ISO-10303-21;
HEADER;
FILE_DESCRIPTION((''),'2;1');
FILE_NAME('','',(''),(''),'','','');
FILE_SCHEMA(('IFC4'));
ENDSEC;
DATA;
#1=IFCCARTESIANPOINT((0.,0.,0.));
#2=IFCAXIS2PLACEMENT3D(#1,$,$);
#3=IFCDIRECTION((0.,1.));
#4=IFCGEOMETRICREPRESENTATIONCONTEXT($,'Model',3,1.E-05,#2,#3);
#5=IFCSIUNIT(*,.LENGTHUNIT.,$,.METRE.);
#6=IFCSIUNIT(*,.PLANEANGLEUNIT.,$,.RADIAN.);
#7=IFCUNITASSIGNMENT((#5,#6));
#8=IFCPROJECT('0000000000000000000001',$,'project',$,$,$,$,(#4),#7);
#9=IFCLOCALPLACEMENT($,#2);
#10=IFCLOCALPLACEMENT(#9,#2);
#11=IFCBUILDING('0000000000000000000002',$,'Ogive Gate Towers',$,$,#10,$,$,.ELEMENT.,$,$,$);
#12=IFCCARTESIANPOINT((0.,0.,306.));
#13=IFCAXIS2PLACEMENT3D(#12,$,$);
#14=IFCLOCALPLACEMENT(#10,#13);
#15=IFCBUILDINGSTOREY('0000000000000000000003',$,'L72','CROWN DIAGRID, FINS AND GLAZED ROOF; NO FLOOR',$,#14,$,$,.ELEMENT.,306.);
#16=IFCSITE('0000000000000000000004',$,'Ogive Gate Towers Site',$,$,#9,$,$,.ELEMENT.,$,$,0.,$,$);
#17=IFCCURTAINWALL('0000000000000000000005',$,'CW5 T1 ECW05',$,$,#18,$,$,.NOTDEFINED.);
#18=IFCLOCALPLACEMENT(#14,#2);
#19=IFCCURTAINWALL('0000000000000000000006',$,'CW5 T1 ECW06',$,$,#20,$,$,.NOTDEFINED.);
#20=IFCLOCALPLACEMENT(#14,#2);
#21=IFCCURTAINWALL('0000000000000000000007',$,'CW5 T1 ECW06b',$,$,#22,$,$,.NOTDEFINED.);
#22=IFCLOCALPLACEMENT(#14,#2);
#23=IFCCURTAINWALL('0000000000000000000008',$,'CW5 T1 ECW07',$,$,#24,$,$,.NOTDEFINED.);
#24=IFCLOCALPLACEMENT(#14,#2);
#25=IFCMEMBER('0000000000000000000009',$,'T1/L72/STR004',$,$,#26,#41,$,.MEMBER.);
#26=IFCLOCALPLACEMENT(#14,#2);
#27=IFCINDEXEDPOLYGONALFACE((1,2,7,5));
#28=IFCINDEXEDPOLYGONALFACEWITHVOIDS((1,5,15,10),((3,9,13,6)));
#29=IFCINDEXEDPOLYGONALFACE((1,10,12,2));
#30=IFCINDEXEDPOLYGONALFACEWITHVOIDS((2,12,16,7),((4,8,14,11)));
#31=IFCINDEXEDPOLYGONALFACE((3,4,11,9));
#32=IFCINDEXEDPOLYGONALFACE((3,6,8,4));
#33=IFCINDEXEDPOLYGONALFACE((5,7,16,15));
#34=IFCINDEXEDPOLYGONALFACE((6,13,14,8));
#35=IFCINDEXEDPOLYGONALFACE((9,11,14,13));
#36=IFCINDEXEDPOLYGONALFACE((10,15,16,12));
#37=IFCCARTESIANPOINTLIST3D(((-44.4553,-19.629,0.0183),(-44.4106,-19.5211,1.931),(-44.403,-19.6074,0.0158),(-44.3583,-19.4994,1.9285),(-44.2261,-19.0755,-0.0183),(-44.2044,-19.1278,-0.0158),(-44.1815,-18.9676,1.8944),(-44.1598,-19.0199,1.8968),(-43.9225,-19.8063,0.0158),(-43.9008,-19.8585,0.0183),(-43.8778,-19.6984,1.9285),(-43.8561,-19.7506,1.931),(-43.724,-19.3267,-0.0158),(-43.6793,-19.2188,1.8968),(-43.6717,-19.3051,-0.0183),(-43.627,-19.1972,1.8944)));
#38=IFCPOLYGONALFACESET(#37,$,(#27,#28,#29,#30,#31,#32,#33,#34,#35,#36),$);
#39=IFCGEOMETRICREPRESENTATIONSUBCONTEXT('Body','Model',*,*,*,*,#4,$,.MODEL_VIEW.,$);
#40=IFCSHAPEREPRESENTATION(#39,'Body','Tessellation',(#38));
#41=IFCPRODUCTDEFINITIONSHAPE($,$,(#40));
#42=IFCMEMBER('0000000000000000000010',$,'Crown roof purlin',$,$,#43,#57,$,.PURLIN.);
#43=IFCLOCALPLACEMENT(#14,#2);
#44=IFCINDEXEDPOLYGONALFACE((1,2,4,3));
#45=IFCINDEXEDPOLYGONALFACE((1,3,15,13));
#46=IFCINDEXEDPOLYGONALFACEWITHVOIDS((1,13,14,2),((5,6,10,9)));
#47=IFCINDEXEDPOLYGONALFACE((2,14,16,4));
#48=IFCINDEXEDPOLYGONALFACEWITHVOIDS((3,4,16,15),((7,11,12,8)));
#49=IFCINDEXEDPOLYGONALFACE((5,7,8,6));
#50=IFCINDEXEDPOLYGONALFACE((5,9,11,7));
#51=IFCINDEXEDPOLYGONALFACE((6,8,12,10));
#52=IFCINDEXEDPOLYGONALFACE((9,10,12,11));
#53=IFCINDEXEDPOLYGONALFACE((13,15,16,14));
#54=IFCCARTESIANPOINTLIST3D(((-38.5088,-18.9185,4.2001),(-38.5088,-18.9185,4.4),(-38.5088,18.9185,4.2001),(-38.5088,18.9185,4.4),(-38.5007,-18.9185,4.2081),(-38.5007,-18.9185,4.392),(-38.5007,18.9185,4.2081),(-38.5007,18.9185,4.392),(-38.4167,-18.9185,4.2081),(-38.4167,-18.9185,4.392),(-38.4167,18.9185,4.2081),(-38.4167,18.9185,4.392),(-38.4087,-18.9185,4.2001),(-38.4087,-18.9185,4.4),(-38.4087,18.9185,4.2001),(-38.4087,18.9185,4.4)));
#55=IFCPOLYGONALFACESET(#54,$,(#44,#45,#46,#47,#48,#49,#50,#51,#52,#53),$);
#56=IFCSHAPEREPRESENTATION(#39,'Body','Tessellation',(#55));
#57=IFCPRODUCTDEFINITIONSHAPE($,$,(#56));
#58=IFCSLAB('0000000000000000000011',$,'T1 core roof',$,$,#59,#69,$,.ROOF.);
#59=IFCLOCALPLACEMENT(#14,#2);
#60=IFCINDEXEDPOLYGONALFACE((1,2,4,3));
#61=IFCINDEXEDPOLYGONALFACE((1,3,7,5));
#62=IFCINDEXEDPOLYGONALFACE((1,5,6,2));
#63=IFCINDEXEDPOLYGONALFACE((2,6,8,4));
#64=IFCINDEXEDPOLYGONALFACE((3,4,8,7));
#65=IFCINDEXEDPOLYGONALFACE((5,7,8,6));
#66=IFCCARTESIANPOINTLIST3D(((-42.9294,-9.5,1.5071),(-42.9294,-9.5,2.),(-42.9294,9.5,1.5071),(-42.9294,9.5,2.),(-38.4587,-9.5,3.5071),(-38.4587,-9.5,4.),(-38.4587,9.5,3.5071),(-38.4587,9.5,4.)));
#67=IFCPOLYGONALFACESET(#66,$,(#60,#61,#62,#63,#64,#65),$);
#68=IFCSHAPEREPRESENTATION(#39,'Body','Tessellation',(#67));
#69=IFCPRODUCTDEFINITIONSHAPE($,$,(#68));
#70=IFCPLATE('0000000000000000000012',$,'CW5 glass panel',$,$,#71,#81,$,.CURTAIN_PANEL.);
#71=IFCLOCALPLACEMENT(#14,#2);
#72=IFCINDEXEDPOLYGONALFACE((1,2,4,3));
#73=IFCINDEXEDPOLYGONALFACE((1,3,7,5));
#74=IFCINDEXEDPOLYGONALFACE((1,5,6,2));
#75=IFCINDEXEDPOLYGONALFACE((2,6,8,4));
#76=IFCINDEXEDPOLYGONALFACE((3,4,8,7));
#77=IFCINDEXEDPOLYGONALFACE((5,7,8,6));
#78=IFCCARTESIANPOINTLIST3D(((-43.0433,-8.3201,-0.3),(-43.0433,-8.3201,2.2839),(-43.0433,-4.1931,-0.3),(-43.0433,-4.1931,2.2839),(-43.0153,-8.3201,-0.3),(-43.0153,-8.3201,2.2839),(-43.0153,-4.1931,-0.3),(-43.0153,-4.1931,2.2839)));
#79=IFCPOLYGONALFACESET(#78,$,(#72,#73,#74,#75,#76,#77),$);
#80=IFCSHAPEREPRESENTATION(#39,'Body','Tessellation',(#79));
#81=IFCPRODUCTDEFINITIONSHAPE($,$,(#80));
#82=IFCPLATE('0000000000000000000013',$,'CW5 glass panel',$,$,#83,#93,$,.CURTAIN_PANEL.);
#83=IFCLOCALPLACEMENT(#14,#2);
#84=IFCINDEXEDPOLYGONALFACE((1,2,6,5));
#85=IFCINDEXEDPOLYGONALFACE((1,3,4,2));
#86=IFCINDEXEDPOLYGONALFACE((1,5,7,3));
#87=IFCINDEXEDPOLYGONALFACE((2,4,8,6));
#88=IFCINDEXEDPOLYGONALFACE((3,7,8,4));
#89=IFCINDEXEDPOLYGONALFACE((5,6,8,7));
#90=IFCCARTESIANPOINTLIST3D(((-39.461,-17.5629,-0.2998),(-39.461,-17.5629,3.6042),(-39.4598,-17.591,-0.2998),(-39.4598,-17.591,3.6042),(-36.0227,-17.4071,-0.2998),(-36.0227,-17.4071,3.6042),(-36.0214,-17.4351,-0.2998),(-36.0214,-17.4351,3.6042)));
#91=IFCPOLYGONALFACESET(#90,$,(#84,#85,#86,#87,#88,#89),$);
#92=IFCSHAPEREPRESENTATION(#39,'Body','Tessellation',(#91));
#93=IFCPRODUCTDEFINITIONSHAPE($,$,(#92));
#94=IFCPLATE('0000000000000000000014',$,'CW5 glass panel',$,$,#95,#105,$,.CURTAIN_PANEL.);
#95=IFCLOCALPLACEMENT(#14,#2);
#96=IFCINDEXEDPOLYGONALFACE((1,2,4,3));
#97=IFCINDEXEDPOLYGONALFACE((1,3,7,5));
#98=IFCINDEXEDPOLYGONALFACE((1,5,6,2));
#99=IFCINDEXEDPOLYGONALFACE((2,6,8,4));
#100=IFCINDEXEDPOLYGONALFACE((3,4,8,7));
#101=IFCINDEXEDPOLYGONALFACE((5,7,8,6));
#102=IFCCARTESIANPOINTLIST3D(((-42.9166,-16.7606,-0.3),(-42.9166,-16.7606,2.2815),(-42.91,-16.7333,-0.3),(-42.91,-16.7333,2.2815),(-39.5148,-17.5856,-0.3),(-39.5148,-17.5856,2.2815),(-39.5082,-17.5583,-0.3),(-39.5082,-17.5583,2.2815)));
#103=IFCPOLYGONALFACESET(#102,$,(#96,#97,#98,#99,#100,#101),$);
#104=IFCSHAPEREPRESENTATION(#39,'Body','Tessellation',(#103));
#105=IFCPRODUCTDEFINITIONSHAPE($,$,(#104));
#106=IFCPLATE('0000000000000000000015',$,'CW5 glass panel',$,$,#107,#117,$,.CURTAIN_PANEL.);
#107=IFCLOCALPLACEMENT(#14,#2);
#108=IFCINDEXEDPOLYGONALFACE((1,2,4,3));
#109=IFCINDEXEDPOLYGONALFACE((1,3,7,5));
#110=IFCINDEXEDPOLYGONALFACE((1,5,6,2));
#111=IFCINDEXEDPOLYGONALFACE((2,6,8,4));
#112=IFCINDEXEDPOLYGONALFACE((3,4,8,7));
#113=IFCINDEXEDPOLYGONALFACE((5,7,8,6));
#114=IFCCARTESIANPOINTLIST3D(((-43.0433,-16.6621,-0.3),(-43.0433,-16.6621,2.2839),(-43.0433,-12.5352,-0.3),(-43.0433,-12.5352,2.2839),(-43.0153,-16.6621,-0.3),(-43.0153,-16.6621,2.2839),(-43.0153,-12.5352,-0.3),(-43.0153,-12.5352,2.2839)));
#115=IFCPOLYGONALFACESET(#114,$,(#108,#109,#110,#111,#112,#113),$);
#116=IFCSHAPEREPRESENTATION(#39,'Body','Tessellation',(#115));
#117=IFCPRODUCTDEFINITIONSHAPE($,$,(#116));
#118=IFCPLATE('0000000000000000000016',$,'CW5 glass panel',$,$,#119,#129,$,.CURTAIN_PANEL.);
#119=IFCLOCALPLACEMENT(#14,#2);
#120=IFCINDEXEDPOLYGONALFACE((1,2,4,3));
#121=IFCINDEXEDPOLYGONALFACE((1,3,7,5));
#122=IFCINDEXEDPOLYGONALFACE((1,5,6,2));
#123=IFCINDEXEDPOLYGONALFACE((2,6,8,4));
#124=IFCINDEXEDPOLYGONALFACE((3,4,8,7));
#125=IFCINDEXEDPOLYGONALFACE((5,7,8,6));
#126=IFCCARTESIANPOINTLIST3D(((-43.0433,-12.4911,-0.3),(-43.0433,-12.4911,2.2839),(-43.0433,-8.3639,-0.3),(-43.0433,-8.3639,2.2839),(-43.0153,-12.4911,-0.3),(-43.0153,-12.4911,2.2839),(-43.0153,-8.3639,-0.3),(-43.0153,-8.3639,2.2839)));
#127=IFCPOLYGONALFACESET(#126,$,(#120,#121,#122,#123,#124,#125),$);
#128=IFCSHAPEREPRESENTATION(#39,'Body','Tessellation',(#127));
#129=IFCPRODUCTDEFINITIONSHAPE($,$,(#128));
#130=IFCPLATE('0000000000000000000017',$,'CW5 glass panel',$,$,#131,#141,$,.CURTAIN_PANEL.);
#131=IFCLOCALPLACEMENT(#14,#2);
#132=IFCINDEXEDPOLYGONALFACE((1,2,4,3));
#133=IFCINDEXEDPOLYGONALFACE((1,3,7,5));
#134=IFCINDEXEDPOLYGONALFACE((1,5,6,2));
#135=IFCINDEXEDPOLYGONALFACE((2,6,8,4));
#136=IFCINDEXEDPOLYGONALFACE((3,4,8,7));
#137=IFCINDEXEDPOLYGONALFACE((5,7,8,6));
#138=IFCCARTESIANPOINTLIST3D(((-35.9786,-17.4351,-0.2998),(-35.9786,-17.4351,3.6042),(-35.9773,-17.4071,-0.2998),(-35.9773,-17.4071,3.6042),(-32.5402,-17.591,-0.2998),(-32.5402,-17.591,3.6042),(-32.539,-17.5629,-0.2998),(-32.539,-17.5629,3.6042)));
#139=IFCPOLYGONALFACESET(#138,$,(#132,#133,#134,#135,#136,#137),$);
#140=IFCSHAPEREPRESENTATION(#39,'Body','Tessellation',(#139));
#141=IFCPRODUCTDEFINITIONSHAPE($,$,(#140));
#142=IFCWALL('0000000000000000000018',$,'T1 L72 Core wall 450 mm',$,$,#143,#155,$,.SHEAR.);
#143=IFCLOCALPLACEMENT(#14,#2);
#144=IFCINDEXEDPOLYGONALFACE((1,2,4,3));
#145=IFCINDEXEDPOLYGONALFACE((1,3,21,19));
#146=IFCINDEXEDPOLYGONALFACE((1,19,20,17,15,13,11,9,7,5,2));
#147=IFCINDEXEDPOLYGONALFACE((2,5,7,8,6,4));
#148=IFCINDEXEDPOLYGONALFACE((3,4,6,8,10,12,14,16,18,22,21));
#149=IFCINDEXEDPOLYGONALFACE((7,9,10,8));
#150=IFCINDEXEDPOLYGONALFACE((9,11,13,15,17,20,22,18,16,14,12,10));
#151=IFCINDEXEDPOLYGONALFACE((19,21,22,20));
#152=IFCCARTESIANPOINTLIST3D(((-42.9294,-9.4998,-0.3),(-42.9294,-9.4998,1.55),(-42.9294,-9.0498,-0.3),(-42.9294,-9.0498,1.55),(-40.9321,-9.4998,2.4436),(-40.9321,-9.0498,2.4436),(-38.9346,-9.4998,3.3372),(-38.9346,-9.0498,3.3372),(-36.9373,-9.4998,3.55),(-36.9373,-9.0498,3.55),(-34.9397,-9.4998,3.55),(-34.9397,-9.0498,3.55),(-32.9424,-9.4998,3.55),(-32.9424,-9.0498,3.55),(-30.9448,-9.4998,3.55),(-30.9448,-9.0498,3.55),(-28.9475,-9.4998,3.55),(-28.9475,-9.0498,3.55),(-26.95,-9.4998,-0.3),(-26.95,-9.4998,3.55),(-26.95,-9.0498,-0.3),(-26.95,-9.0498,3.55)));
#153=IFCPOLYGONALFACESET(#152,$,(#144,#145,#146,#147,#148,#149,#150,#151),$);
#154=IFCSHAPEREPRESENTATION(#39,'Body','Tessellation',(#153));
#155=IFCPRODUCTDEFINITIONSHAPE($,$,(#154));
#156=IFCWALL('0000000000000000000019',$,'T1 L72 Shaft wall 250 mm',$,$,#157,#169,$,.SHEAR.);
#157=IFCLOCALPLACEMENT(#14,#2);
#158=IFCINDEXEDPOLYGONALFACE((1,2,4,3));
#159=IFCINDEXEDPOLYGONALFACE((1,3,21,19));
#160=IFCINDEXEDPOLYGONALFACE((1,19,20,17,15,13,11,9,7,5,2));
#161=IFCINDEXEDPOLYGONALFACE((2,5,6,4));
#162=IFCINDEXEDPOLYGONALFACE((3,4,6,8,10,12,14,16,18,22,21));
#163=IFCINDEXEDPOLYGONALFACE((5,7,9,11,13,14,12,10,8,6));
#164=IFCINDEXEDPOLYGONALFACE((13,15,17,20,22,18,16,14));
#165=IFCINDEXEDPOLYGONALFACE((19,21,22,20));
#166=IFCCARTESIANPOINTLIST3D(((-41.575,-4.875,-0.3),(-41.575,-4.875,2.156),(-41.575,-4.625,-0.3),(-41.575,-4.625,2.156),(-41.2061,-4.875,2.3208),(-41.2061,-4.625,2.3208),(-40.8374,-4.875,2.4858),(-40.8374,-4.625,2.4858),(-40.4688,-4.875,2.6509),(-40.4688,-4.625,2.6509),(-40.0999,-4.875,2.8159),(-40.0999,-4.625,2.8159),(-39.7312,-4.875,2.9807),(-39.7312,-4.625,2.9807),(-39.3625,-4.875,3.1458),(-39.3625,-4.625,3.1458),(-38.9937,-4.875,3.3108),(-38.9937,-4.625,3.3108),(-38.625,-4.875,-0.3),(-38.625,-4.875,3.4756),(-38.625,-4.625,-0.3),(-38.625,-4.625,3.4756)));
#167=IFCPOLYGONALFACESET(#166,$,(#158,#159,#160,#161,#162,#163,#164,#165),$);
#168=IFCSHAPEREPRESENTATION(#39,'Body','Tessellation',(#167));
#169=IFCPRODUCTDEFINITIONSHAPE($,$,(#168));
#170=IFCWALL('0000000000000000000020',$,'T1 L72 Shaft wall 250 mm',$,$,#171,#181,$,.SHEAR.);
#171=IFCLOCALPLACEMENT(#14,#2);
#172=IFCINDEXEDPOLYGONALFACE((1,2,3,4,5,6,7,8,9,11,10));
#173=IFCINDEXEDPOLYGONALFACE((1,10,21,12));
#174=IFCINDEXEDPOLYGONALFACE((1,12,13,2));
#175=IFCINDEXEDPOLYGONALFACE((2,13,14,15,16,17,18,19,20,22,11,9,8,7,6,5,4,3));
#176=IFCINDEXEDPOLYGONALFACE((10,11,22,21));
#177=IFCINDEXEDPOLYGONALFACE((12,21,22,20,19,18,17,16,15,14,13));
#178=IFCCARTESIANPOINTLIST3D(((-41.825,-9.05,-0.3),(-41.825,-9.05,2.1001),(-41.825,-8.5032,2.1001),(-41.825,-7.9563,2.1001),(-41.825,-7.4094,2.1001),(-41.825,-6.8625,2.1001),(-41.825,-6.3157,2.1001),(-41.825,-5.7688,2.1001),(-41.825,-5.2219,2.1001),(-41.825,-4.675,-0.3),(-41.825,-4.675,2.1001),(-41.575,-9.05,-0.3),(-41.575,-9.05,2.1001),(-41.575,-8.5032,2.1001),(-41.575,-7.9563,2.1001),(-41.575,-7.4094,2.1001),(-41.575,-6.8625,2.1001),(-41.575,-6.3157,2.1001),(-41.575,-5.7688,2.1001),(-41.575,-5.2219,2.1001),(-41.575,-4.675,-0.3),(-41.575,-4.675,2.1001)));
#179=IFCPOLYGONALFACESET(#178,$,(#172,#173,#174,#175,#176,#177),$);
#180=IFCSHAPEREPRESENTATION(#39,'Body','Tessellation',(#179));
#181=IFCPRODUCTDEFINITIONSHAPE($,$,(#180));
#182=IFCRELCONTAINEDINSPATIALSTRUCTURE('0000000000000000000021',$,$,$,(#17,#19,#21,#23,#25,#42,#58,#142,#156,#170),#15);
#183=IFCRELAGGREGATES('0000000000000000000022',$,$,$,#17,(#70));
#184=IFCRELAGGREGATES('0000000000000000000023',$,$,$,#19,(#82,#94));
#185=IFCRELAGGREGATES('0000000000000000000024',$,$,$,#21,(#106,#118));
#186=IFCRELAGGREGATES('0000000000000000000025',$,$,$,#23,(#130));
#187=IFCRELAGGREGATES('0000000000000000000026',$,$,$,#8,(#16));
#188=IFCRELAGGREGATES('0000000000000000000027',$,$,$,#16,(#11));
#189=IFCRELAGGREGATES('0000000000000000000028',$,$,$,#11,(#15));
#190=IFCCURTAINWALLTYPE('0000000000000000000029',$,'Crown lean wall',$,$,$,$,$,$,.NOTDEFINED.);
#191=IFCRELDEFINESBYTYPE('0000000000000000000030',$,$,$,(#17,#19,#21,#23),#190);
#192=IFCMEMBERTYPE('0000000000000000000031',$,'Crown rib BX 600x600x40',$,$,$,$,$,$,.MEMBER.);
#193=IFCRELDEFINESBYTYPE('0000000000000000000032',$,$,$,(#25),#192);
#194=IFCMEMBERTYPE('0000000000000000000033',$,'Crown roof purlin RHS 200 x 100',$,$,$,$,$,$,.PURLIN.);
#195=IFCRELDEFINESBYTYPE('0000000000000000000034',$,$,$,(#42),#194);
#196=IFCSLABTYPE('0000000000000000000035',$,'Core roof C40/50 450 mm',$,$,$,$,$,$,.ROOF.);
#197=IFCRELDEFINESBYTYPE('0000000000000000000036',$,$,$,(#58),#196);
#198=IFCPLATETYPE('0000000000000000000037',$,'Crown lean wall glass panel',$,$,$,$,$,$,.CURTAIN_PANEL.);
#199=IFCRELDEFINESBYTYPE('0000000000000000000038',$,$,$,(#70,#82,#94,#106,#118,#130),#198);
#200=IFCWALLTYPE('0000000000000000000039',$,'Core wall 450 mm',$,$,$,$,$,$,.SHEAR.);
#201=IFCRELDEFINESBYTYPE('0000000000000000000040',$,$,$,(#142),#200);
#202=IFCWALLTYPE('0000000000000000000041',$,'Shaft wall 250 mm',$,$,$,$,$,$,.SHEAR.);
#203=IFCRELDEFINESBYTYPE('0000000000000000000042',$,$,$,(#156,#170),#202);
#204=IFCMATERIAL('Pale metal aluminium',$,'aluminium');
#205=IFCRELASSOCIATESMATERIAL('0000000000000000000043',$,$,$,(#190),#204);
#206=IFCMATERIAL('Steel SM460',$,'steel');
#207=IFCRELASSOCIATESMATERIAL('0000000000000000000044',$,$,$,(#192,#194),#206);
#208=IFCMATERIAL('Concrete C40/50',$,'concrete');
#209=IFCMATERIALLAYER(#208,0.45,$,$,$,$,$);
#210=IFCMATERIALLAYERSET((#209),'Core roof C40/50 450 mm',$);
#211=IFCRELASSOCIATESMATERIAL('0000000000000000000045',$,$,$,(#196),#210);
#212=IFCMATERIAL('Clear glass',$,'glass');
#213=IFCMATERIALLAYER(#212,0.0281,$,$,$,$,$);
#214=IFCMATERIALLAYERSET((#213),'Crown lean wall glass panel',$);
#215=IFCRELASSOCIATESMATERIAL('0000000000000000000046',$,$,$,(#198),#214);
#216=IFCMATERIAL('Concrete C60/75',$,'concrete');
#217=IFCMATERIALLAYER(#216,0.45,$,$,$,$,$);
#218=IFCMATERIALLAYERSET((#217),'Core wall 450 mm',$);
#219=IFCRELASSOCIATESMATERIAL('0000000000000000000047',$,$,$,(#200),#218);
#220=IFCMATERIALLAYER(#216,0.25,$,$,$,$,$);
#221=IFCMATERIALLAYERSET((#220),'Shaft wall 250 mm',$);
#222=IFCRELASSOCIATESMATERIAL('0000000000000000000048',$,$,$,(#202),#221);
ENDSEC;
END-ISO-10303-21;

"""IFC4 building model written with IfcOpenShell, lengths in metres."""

from ifc_helpers import new_model, si_unit, direction, frame, origin, origin_2d, place, context, subcontext, project, spatial, polyline, rectangle, hollow_rectangle, outline, extrude, material, layer, layer_set, material_profile, profile_set, type_object, element, aggregate, save


model = new_model("IFC4")

# Units and contexts
model_context = context("Model", 3, precision=1e-05, world=origin(), true_north=direction((0.0, 1.0)))
body_context = subcontext(model_context, "Body", "Model", "MODEL_VIEW")
ifc_project = project(units=[si_unit("LENGTHUNIT", "METRE"), si_unit("PLANEANGLEUNIT", "RADIAN")], contexts=[model_context])

# Site, building, storey
site_placement = place(None, origin())
site = spatial("IfcSite", under=ifc_project, at=site_placement, Name="Ogive Gate Towers Site", CompositionType="ELEMENT", RefElevation=0.0)
building_placement = place(site_placement, origin())
building = spatial("IfcBuilding", under=site, at=building_placement, Name="Ogive Gate Towers", CompositionType="ELEMENT")
storey_placement = place(building_placement, frame((0.0, 0.0, 306.0)))
storey = spatial("IfcBuildingStorey", under=building, at=storey_placement, Name="L72", Description="CROWN DIAGRID, FINS AND GLAZED ROOF; NO FLOOR", CompositionType="ELEMENT", Elevation=306.0)

# Curtain walls
ifc_material_1 = material(Name="Pale metal aluminium", Category="aluminium")
curtain_wall_type = type_object("IfcCurtainWallType", Name="Crown lean wall", PredefinedType="NOTDEFINED", material=ifc_material_1)
curtain_wall_1_placement = place(storey_placement, origin())
curtain_wall_1 = element("IfcCurtainWall", 1, at=curtain_wall_1_placement, inside=storey, type_object=curtain_wall_type, Name="CW5 T1 ECW05", PredefinedType="NOTDEFINED")
curtain_wall_2_placement = place(storey_placement, origin())
curtain_wall_2 = element("IfcCurtainWall", 2, at=curtain_wall_2_placement, inside=storey, type_object=curtain_wall_type, Name="CW5 T1 ECW06", PredefinedType="NOTDEFINED")
curtain_wall_3_placement = place(storey_placement, origin())
curtain_wall_3 = element("IfcCurtainWall", 3, at=curtain_wall_3_placement, inside=storey, type_object=curtain_wall_type, Name="CW5 T1 ECW06b", PredefinedType="NOTDEFINED")

# Curtain wall
curtain_wall_4_placement = place(storey_placement, origin())
curtain_wall_4 = element("IfcCurtainWall", 4, at=curtain_wall_4_placement, inside=storey, type_object=curtain_wall_type, Name="CW5 T1 ECW07", PredefinedType="NOTDEFINED")

# Members
ifc_material_2 = material(Name="Steel SM460", Category="steel")
ifc_material_profile_1 = material_profile(ifc_material_2, hollow_rectangle(XDim=0.6001, YDim=0.6001, WallThickness=0.04, at=origin_2d()), Name="BX 600x600x40")
ifc_profile_set_1 = profile_set([ifc_material_profile_1], Name="Steel SM460")
member_type_1 = type_object("IfcMemberType", Name="Crown rib BX 600x600x40", PredefinedType="MEMBER", material=ifc_profile_set_1)
member_1_placement = place(storey_placement, frame((-44.0635, -19.467, 0.0), z_axis=(0.023316, 0.056316, 0.998141), x_axis=(-0.92394, 0.382536, 0.0)))
element("IfcMember", 5, at=member_1_placement, inside=storey, type_object=member_type_1, Name="T1/L72/STR004", PredefinedType="MEMBER", context=body_context, shape_type="SweptSolid", body=[
    extrude(hollow_rectangle(XDim=0.6001, YDim=0.6001, WallThickness=0.04, at=origin_2d()), origin(), (0.0, 0.0, 1.0), 1.9163),
])
ifc_material_profile_2 = material_profile(ifc_material_2, hollow_rectangle(XDim=0.1001, YDim=0.2, WallThickness=0.0081, at=origin_2d()), Name="RHS 200x100x8")
ifc_profile_set_2 = profile_set([ifc_material_profile_2], Name="Steel SM460")
member_type_2 = type_object("IfcMemberType", Name="Crown roof purlin RHS 200 x 100", PredefinedType="PURLIN", material=ifc_profile_set_2)
member_2_placement = place(storey_placement, frame((-38.4587, -18.9185, 4.3), z_axis=(0.0, 1.0, 0.0), x_axis=(-1.0, 0.0, 0.0)))
element("IfcMember", 6, at=member_2_placement, inside=storey, type_object=member_type_2, Name="Crown roof purlin", PredefinedType="PURLIN", context=body_context, shape_type="SweptSolid", body=[
    extrude(hollow_rectangle(XDim=0.1001, YDim=0.2, WallThickness=0.0081, at=origin_2d()), origin(), (0.0, 0.0, 1.0), 37.8369),
])

# Slab
ifc_material_3 = material(Name="Concrete C40/50", Category="concrete")
ifc_layer_1 = layer(ifc_material_3, 0.45)
ifc_layer_set_1 = layer_set([ifc_layer_1], Name="Core roof C40/50 450 mm")
slab_type = type_object("IfcSlabType", Name="Core roof C40/50 450 mm", PredefinedType="ROOF", material=ifc_layer_set_1)
slab_placement = place(storey_placement, frame((-42.9294, -9.5, 2.0), z_axis=(-0.408357, 0.0, 0.912822), x_axis=(0.0, 1.0, 0.0)))
element("IfcSlab", 7, at=slab_placement, inside=storey, type_object=slab_type, Name="T1 core roof", PredefinedType="ROOF", context=body_context, shape_type="SweptSolid", body=[
    extrude(outline(polyline([(0.0, 0.0), (19.0, 0.0), (19.0, -4.8977), (0.0, -4.8977), (0.0, 0.0)])), origin(), (0.0, 0.408357, -0.912822), 0.4929),
])

# Plates
ifc_material_4 = material(Name="Clear glass", Category="glass")
ifc_layer_2 = layer(ifc_material_4, 0.0281)
ifc_layer_set_2 = layer_set([ifc_layer_2], Name="Crown lean wall glass panel")
plate_type = type_object("IfcPlateType", Name="Crown lean wall glass panel", PredefinedType="CURTAIN_PANEL", material=ifc_layer_set_2)
plate_1_placement = place(storey_placement, frame((-43.0293, -6.2566, -0.3), z_axis=(0.0, 0.0, 1.0), x_axis=(0.0, 1.0, 0.0)))
plate_1 = element("IfcPlate", 8, at=plate_1_placement, type_object=plate_type, Name="CW5 glass panel", PredefinedType="CURTAIN_PANEL", context=body_context, shape_type="SweptSolid", body=[
    extrude(rectangle(XDim=4.127, YDim=0.0281, at=origin_2d()), origin(), (0.0, 0.0, 1.0), 2.584),
])
aggregate(curtain_wall_1, [plate_1])
plate_2_placement = place(storey_placement, frame((-37.7412, -17.499, -0.2998), z_axis=(0.0, 0.0, 1.0), x_axis=(-0.998975, -0.045276, 0.0)))
plate_2 = element("IfcPlate", 9, at=plate_2_placement, type_object=plate_type, Name="CW5 glass panel", PredefinedType="CURTAIN_PANEL", context=body_context, shape_type="SweptSolid", body=[
    extrude(rectangle(XDim=3.4419, YDim=0.0281, at=origin_2d()), origin(), (0.0, 0.0, 1.0), 3.9041),
])
plate_3_placement = place(storey_placement, frame((-41.2124, -17.1594, -0.3), z_axis=(0.0, 0.0, 1.0), x_axis=(-0.97183, 0.235685, 0.0)))
plate_3 = element("IfcPlate", 10, at=plate_3_placement, type_object=plate_type, Name="CW5 glass panel", PredefinedType="CURTAIN_PANEL", context=body_context, shape_type="SweptSolid", body=[
    extrude(rectangle(XDim=3.5005, YDim=0.0281, at=origin_2d()), origin(), (0.0, 0.0, 1.0), 2.5815),
])
aggregate(curtain_wall_2, [plate_2, plate_3])
plate_4_placement = place(storey_placement, frame((-43.0293, -14.5986, -0.3), z_axis=(0.0, 0.0, 1.0), x_axis=(0.0, 1.0, 0.0)))
plate_4 = element("IfcPlate", 11, at=plate_4_placement, type_object=plate_type, Name="CW5 glass panel", PredefinedType="CURTAIN_PANEL", context=body_context, shape_type="SweptSolid", body=[
    extrude(rectangle(XDim=4.127, YDim=0.0281, at=origin_2d()), origin(), (0.0, 0.0, 1.0), 2.584),
])
plate_5_placement = place(storey_placement, frame((-43.0293, -10.4275, -0.3), z_axis=(0.0, 0.0, 1.0), x_axis=(0.0, 1.0, 0.0)))
plate_5 = element("IfcPlate", 12, at=plate_5_placement, type_object=plate_type, Name="CW5 glass panel", PredefinedType="CURTAIN_PANEL", context=body_context, shape_type="SweptSolid", body=[
    extrude(rectangle(XDim=4.1272, YDim=0.0281, at=origin_2d()), origin(), (0.0, 0.0, 1.0), 2.584),
])
aggregate(curtain_wall_3, [plate_4, plate_5])
plate_6_placement = place(storey_placement, frame((-34.2588, -17.499, -0.2998), z_axis=(0.0, 0.0, 1.0), x_axis=(-0.998975, 0.045276, 0.0)))
plate_6 = element("IfcPlate", 13, at=plate_6_placement, type_object=plate_type, Name="CW5 glass panel", PredefinedType="CURTAIN_PANEL", context=body_context, shape_type="SweptSolid", body=[
    extrude(rectangle(XDim=3.4419, YDim=0.0281, at=origin_2d()), origin(), (0.0, 0.0, 1.0), 3.9041),
])
aggregate(curtain_wall_4, [plate_6])

# Walls
ifc_material_5 = material(Name="Concrete C60/75", Category="concrete")
ifc_layer_3 = layer(ifc_material_5, 0.45)
ifc_layer_set_3 = layer_set([ifc_layer_3], Name="Core wall 450 mm")
wall_type_1 = type_object("IfcWallType", Name="Core wall 450 mm", PredefinedType="SHEAR", material=ifc_layer_set_3)
wall_1_placement = place(storey_placement, frame((-42.9294, -9.2749, -0.3), z_axis=(0.0, 0.0, 1.0), x_axis=(1.0, 0.0, 0.0)))
element("IfcWall", 14, at=wall_1_placement, inside=storey, type_object=wall_type_1, Name="T1 L72 Core wall 450 mm", PredefinedType="SHEAR", context=body_context, shape_type="SweptSolid", body=[
    extrude(outline(polyline([(0.0, 0.0), (15.9795, 0.0), (15.9795, 3.8501), (13.9819, 3.8501), (11.9846, 3.8501), (9.9871, 3.8501), (7.9897, 3.8501), (5.9922, 3.8501), (3.9949, 3.6372), (1.9973, 2.7437), (0.0, 1.8501), (0.0, 0.0)])), frame((0.0, 0.2251, 0.0), z_axis=(0.0, -1.0, 0.0), x_axis=(1.0, 0.0, 0.0)), (0.0, 0.0, 1.0), 0.45),
])
ifc_layer_4 = layer(ifc_material_5, 0.25)
ifc_layer_set_4 = layer_set([ifc_layer_4], Name="Shaft wall 250 mm")
wall_type_2 = type_object("IfcWallType", Name="Shaft wall 250 mm", PredefinedType="SHEAR", material=ifc_layer_set_4)
wall_2_placement = place(storey_placement, frame((-41.575, -4.75, -0.3), z_axis=(0.0, 0.0, 1.0), x_axis=(1.0, 0.0, 0.0)))
element("IfcWall", 15, at=wall_2_placement, inside=storey, type_object=wall_type_2, Name="T1 L72 Shaft wall 250 mm", PredefinedType="SHEAR", context=body_context, shape_type="SweptSolid", body=[
    extrude(outline(polyline([(0.0, 0.0), (2.95, 0.0), (2.95, 3.7756), (2.5813, 3.6108), (2.2124, 3.4458), (1.8438, 3.2808), (1.4751, 3.116), (1.1062, 2.9509), (0.7375, 2.7859), (0.3689, 2.6208), (0.0, 2.4561), (0.0, 0.0)])), frame((0.0, 0.125, 0.0), z_axis=(0.0, -1.0, 0.0), x_axis=(1.0, 0.0, 0.0)), (0.0, 0.0, 1.0), 0.25),
])
wall_3_placement = place(storey_placement, frame((-41.7, -9.05, -0.3), z_axis=(0.0, 0.0, 1.0), x_axis=(0.0, 1.0, 0.0)))
element("IfcWall", 16, at=wall_3_placement, inside=storey, type_object=wall_type_2, Name="T1 L72 Shaft wall 250 mm", PredefinedType="SHEAR", context=body_context, shape_type="SweptSolid", body=[
    extrude(outline(polyline([(0.0, 0.0), (4.375, 0.0), (4.375, 2.4001), (3.8281, 2.4001), (3.2812, 2.4001), (2.7344, 2.4001), (2.1875, 2.4001), (1.6406, 2.4001), (1.0938, 2.4001), (0.5469, 2.4001), (0.0, 2.4001), (0.0, 0.0)])), frame((0.0, 0.125, 0.0), z_axis=(0.0, -1.0, 0.0), x_axis=(1.0, 0.0, 0.0)), (0.0, 0.0, 1.0), 0.25),
])

save(model, "model.ifc")
